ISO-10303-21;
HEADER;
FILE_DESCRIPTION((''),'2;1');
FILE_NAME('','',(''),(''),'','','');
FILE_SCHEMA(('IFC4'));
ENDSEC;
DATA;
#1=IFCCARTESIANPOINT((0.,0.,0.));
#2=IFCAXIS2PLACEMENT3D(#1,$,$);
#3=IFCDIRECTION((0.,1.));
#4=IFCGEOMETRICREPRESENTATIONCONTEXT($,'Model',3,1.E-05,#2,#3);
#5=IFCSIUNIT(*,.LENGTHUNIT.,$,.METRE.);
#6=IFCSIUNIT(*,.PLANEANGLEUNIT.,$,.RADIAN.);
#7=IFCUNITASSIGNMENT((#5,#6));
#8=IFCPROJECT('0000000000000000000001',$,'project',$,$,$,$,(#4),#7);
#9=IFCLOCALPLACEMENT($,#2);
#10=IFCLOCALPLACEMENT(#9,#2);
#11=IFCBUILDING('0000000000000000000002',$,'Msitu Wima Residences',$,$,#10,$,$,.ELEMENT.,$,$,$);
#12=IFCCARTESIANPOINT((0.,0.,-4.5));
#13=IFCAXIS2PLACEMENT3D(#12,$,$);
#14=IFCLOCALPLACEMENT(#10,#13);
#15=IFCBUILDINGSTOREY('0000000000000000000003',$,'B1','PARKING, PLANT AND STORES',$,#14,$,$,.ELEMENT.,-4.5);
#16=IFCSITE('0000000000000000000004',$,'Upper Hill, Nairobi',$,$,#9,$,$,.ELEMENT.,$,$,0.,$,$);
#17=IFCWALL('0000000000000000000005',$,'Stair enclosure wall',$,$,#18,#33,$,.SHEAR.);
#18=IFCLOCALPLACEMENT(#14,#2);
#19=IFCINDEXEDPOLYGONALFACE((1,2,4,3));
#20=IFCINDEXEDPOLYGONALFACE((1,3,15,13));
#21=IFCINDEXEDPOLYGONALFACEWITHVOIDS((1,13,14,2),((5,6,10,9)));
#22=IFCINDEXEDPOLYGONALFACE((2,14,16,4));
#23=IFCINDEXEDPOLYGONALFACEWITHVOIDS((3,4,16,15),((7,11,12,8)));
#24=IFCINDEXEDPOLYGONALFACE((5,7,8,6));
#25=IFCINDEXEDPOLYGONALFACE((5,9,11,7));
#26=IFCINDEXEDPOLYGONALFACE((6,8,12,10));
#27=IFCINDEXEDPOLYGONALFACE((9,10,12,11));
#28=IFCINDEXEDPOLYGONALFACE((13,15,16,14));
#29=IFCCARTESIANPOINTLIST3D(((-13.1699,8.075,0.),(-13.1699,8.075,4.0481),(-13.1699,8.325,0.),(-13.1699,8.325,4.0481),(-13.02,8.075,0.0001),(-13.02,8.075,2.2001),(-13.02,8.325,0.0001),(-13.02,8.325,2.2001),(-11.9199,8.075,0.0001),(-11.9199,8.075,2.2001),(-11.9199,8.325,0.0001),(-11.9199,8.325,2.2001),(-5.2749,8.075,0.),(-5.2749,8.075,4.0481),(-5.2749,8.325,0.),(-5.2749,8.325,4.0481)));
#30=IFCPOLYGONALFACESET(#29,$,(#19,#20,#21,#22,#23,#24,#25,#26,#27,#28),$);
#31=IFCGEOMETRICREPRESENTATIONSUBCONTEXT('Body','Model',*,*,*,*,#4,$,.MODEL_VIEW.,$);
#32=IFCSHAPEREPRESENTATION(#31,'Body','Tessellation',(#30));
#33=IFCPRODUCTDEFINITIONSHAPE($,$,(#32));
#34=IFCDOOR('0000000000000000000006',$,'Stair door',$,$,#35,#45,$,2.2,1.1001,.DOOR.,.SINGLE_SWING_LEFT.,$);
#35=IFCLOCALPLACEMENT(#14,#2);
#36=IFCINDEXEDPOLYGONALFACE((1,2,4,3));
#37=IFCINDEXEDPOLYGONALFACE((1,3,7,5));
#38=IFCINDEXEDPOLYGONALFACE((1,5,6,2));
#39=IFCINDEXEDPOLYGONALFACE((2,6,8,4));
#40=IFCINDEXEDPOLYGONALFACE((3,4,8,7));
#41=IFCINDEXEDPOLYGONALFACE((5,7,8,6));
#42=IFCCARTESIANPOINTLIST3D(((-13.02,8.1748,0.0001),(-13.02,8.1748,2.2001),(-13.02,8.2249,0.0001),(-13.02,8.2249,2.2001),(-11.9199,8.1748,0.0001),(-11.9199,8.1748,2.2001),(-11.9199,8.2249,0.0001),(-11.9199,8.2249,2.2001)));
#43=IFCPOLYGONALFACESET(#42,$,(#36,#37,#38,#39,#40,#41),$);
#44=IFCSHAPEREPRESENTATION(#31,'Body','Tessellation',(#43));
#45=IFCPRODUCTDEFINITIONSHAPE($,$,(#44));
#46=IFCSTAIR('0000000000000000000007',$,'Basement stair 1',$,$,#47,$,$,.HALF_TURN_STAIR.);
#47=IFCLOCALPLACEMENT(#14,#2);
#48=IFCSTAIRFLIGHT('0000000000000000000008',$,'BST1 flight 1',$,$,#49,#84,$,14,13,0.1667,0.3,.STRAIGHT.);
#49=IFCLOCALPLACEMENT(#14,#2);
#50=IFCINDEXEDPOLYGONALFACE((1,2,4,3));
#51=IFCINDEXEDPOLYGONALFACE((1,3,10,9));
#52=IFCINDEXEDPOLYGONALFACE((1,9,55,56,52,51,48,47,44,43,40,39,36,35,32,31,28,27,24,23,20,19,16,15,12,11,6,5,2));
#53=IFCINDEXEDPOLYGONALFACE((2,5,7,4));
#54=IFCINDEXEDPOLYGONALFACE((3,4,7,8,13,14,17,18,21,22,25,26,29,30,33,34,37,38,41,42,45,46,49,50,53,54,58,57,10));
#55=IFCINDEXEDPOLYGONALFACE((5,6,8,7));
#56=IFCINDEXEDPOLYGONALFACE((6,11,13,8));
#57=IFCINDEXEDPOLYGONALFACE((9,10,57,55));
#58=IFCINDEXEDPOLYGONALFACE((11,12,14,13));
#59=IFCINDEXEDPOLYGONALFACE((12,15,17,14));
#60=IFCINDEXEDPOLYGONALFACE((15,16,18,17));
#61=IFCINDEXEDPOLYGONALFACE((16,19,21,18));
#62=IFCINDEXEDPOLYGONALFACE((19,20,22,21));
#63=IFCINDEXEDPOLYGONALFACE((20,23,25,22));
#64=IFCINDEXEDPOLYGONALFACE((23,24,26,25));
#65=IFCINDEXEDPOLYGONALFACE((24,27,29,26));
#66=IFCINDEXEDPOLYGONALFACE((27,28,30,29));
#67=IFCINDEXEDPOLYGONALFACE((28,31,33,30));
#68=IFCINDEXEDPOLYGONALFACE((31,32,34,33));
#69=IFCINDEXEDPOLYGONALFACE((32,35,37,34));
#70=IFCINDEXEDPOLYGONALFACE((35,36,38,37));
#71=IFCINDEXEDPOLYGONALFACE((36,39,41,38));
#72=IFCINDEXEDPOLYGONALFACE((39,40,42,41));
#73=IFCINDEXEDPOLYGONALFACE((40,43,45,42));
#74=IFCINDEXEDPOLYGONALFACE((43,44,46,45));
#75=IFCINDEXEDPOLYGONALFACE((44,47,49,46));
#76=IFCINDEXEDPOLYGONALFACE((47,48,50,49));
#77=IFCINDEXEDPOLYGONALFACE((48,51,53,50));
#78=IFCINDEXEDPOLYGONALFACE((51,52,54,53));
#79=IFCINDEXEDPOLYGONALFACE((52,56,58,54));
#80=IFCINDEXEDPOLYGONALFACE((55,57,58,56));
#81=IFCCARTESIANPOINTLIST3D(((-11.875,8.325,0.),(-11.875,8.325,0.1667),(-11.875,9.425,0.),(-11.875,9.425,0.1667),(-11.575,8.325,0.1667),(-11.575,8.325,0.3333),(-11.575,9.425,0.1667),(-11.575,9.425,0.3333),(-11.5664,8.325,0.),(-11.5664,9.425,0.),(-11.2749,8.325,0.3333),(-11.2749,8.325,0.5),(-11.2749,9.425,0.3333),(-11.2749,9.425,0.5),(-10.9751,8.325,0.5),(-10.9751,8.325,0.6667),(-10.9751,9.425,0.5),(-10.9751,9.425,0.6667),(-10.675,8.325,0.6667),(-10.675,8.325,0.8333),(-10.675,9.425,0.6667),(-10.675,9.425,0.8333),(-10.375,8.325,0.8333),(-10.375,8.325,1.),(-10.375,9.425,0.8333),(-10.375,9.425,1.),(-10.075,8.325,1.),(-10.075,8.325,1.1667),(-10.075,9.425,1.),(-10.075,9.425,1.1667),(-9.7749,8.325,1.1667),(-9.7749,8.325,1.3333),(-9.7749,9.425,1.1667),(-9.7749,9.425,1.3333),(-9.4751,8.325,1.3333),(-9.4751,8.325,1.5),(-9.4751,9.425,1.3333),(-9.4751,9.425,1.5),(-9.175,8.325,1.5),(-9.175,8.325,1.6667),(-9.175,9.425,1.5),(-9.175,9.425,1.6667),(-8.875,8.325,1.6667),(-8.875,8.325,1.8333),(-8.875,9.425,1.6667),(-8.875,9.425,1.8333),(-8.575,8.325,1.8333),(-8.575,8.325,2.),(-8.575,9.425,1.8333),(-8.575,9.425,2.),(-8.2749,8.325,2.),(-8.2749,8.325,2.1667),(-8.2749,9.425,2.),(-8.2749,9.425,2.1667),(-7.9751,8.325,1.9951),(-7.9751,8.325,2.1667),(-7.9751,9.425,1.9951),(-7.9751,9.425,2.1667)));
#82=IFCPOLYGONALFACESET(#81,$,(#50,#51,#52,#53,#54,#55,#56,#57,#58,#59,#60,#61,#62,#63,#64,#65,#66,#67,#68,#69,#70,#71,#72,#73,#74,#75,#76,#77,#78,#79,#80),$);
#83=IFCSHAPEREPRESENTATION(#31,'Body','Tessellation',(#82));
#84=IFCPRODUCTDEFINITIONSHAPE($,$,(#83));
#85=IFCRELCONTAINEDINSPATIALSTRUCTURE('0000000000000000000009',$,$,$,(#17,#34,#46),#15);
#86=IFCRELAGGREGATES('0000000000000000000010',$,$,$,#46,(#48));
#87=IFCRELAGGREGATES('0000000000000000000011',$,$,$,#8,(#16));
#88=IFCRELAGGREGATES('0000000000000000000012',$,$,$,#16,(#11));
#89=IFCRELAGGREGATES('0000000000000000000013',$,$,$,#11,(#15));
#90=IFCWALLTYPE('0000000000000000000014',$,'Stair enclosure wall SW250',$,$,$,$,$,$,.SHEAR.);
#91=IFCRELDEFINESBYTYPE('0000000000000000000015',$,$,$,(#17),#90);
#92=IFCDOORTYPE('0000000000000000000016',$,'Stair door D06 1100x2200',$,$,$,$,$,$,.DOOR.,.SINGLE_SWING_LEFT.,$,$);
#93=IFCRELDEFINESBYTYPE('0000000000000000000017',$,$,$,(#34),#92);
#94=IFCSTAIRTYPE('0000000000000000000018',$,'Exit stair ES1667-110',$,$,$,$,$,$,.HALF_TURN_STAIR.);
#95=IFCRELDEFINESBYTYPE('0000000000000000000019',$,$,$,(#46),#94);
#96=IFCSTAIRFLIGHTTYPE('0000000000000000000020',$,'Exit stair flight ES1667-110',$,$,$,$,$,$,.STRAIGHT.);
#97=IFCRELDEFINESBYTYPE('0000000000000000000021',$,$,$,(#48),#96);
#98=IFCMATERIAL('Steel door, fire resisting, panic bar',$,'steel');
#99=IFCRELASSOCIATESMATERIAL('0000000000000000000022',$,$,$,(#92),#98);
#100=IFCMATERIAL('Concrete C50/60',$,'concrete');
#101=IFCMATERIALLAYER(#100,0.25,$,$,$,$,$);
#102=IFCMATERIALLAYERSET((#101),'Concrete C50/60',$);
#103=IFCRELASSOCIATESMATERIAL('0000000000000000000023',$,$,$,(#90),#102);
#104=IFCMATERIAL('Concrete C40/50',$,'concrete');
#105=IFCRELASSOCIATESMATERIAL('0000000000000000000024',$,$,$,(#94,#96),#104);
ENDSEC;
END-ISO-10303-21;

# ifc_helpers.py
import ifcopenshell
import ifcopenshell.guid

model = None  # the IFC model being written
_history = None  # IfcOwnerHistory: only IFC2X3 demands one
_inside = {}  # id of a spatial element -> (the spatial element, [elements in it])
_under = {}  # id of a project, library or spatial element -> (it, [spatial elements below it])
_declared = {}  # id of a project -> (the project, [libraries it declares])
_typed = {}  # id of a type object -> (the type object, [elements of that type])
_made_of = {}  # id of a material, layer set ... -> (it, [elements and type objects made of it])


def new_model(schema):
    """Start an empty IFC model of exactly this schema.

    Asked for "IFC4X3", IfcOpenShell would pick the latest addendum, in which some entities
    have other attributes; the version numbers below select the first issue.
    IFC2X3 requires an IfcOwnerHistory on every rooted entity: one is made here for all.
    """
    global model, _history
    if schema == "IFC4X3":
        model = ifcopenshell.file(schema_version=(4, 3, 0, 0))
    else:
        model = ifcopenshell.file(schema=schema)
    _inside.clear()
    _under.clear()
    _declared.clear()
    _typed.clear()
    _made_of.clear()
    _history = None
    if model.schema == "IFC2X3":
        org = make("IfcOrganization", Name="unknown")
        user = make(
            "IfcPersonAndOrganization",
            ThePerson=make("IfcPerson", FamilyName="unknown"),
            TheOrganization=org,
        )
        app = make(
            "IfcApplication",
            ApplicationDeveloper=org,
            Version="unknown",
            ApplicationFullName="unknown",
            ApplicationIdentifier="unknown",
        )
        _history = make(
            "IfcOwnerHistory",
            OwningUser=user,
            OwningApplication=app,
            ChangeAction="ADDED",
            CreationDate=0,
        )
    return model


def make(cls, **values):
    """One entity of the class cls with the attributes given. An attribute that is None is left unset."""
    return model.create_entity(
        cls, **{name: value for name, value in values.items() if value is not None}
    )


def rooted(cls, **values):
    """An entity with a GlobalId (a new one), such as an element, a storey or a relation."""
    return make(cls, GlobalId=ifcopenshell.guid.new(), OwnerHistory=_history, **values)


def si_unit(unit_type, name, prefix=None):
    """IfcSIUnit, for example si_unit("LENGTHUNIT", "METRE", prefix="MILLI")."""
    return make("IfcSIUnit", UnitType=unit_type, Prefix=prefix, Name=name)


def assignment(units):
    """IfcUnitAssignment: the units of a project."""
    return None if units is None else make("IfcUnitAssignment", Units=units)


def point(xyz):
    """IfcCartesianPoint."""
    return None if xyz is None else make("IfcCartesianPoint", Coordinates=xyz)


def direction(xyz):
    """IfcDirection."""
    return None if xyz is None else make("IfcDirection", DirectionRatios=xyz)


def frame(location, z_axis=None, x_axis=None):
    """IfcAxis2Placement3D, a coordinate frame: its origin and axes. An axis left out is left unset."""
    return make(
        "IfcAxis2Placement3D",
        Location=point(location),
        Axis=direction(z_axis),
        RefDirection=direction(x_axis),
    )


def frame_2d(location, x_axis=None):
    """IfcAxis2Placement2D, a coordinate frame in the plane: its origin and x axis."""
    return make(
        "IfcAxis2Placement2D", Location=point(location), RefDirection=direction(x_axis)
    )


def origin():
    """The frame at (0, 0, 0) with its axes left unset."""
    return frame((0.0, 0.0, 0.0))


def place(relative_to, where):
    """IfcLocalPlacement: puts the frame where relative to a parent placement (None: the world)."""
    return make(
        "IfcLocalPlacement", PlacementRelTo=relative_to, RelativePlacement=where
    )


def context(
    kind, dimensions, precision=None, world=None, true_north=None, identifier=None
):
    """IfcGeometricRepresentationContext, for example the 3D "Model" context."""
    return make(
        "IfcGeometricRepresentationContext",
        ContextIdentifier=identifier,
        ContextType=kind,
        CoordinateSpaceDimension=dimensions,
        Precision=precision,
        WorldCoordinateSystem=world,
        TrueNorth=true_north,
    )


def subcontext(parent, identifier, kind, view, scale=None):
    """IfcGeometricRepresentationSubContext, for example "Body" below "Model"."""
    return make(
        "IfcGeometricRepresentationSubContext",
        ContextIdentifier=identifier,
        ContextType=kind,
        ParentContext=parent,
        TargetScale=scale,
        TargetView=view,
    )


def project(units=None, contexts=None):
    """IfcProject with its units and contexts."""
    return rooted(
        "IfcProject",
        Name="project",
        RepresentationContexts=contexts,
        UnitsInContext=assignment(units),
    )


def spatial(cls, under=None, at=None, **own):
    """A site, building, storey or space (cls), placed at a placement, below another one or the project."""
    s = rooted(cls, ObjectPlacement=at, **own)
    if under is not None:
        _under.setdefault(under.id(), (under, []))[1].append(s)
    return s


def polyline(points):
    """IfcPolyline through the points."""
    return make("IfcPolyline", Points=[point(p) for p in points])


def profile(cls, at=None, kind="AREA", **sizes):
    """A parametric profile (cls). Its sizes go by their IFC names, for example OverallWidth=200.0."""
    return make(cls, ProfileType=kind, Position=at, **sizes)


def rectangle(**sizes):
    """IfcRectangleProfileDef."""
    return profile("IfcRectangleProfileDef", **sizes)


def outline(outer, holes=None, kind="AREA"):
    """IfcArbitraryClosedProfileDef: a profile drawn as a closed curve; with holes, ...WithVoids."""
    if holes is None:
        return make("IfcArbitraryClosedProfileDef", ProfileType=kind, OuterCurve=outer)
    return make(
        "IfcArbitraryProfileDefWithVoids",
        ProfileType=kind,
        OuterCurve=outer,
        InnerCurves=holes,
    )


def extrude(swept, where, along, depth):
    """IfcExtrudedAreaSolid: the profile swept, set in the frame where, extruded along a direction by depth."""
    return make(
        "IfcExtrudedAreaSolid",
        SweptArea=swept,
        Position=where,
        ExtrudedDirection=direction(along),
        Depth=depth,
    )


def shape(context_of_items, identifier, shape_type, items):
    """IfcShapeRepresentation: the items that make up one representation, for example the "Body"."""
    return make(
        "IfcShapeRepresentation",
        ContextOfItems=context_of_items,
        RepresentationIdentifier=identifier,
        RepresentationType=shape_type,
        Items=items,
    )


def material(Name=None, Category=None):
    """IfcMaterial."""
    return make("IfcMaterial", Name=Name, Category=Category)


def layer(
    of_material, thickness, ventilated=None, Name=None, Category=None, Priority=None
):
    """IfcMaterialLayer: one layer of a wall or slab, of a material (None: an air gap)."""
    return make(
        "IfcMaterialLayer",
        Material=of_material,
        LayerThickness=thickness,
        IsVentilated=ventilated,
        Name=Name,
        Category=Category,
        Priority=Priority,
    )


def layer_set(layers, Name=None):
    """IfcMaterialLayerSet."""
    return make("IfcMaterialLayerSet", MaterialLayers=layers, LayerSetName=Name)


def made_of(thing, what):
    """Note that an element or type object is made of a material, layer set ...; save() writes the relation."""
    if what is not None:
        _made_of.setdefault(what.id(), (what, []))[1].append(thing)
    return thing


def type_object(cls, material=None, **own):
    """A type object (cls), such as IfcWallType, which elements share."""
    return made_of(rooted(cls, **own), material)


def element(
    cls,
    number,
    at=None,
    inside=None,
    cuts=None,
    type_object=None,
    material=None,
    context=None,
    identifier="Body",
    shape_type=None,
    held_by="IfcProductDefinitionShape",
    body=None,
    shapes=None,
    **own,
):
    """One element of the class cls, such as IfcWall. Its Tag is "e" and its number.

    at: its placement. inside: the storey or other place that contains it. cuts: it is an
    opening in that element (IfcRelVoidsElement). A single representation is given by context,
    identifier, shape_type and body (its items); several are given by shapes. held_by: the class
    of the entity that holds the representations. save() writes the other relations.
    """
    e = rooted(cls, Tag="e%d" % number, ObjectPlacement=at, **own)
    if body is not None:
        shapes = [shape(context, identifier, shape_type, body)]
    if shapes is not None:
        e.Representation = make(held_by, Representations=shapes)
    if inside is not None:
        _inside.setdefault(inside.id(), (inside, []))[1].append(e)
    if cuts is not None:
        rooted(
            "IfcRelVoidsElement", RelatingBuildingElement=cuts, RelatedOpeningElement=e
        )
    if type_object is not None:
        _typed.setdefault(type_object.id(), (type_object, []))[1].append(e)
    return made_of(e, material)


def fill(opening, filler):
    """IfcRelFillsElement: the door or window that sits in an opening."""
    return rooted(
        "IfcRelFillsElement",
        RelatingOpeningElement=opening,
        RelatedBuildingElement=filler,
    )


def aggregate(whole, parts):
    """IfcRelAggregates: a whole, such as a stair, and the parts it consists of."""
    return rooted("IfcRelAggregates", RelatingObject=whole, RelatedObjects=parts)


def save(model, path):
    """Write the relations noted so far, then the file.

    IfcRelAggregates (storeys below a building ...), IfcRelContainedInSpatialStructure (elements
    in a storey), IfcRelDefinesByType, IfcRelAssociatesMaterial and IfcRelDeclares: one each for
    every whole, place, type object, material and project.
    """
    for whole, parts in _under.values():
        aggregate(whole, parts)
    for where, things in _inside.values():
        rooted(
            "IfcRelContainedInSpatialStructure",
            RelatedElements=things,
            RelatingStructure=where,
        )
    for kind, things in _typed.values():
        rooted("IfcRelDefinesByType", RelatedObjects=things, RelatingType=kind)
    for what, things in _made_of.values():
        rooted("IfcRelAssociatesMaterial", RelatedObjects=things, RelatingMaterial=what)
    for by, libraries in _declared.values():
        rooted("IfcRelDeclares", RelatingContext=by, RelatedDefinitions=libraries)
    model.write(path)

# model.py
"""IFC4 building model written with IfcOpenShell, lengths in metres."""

from ifc_helpers import new_model, si_unit, direction, frame, frame_2d, origin, place, context, subcontext, project, spatial, polyline, rectangle, outline, extrude, material, layer, layer_set, type_object, element, fill, aggregate, save


model = new_model("IFC4")

# Units and contexts
model_context = context("Model", 3, precision=1e-05, world=origin(), true_north=direction((0.0, 1.0)))
body_context = subcontext(model_context, "Body", "Model", "MODEL_VIEW")
ifc_project = project(units=[si_unit("LENGTHUNIT", "METRE"), si_unit("PLANEANGLEUNIT", "RADIAN")], contexts=[model_context])

# Site, building, storey
site_placement = place(None, origin())
site = spatial("IfcSite", under=ifc_project, at=site_placement, Name="Upper Hill, Nairobi", CompositionType="ELEMENT", RefElevation=0.0)
building_placement = place(site_placement, origin())
building = spatial("IfcBuilding", under=site, at=building_placement, Name="Msitu Wima Residences", CompositionType="ELEMENT")
storey_placement = place(building_placement, frame((0.0, 0.0, -4.5)))
storey = spatial("IfcBuildingStorey", under=building, at=storey_placement, Name="B1", Description="PARKING, PLANT AND STORES", CompositionType="ELEMENT", Elevation=-4.5)

# Shared definitions
ifc_material_1 = material(Name="Steel door, fire resisting, panic bar", Category="steel")
door_type_1 = type_object("IfcDoorType", Name="Stair door D06 1100x2200", OperationType="SINGLE_SWING_LEFT", PredefinedType="DOOR", material=ifc_material_1)

# Wall, opening, door
ifc_material_2 = material(Name="Concrete C50/60", Category="concrete")
ifc_layer_1 = layer(ifc_material_2, 0.25)
ifc_layer_set_1 = layer_set([ifc_layer_1], Name="Concrete C50/60")
wall_type_1 = type_object("IfcWallType", Name="Stair enclosure wall SW250", PredefinedType="SHEAR", material=ifc_layer_set_1)
wall_1_placement = place(storey_placement, frame((-13.1699, 8.2, 0.0), z_axis=(0.0, 0.0, 1.0), x_axis=(1.0, 0.0, 0.0)))
wall_1 = element("IfcWall", 1, at=wall_1_placement, inside=storey, type_object=wall_type_1, Name="Stair enclosure wall", PredefinedType="SHEAR", context=body_context, shape_type="SweptSolid", body=[
    extrude(rectangle(XDim=7.895, YDim=0.25, at=frame_2d((3.9475, 0.0))), origin(), (0.0, 0.0, 1.0), 4.0481),
])
opening_1_placement = place(wall_1_placement, frame((0.1499, 0.0, 0.0)))
opening_1 = element("IfcOpeningElement", 2, at=opening_1_placement, cuts=wall_1, PredefinedType="OPENING", context=body_context, shape_type="SweptSolid", body=[
    extrude(rectangle(XDim=1.1001, YDim=2.2, at=frame_2d((0.55, 1.1001))), frame((0.0, 0.135, 0.0), z_axis=(0.0, -1.0, 0.0), x_axis=(1.0, 0.0, 0.0)), (0.0, 0.0, 1.0), 0.27),
])
door_1_placement = place(opening_1_placement, origin())
door_1 = element("IfcDoor", 3, at=door_1_placement, inside=storey, type_object=door_type_1, Name="Stair door", OperationType="SINGLE_SWING_LEFT", OverallHeight=2.2, OverallWidth=1.1001, PredefinedType="DOOR", context=body_context, shape_type="SweptSolid", body=[
    extrude(rectangle(XDim=1.1001, YDim=2.2, at=frame_2d((0.55, 1.1001))), frame((0.0, 0.0249, 0.0), z_axis=(0.0, -1.0, 0.0), x_axis=(1.0, 0.0, 0.0)), (0.0, 0.0, 1.0), 0.05),
])
fill(opening_1, door_1)

# Stair, stair flight
ifc_material_3 = material(Name="Concrete C40/50", Category="concrete")
stair_type = type_object("IfcStairType", Name="Exit stair ES1667-110", PredefinedType="HALF_TURN_STAIR", material=ifc_material_3)
stair_placement = place(storey_placement, origin())
stair = element("IfcStair", 4, at=stair_placement, inside=storey, type_object=stair_type, Name="Basement stair 1", PredefinedType="HALF_TURN_STAIR")
stair_flight_type = type_object("IfcStairFlightType", Name="Exit stair flight ES1667-110", PredefinedType="STRAIGHT", material=ifc_material_3)
stair_flight_placement = place(storey_placement, frame((-11.875, 8.875, 0.0), z_axis=(0.0, 0.0, 1.0), x_axis=(1.0, 0.0, 0.0)))
stair_flight = element("IfcStairFlight", 5, at=stair_flight_placement, type_object=stair_flight_type, Name="BST1 flight 1", NumberOfRisers=14, NumberOfTreads=13, PredefinedType="STRAIGHT", RiserHeight=0.1667, TreadLength=0.3, context=body_context, shape_type="SweptSolid", body=[
    extrude(outline(polyline([(0.0, 0.0), (0.0, 0.1667), (0.3, 0.1667), (0.3, 0.3333), (0.6001, 0.3333), (0.6001, 0.5), (0.8999, 0.5), (0.8999, 0.6667), (1.2, 0.6667), (1.2, 0.8333), (1.5, 0.8333), (1.5, 1.0), (1.8, 1.0), (1.8, 1.1667), (2.1001, 1.1667), (2.1001, 1.3333), (2.3999, 1.3333), (2.3999, 1.5), (2.7, 1.5), (2.7, 1.6667), (3.0, 1.6667), (3.0, 1.8333), (3.3, 1.8333), (3.3, 2.0), (3.6001, 2.0), (3.6001, 2.1667), (3.8999, 2.1667), (3.8999, 2.3333), (3.8999, 1.9951), (0.3086, 0.0), (0.0, 0.0)])), frame((0.0, 0.55, 0.0), z_axis=(0.0, -1.0, 0.0), x_axis=(1.0, 0.0, 0.0)), (0.0, 0.0, 1.0), 1.1001),
])
aggregate(stair, [stair_flight])

save(model, "model.ifc")
